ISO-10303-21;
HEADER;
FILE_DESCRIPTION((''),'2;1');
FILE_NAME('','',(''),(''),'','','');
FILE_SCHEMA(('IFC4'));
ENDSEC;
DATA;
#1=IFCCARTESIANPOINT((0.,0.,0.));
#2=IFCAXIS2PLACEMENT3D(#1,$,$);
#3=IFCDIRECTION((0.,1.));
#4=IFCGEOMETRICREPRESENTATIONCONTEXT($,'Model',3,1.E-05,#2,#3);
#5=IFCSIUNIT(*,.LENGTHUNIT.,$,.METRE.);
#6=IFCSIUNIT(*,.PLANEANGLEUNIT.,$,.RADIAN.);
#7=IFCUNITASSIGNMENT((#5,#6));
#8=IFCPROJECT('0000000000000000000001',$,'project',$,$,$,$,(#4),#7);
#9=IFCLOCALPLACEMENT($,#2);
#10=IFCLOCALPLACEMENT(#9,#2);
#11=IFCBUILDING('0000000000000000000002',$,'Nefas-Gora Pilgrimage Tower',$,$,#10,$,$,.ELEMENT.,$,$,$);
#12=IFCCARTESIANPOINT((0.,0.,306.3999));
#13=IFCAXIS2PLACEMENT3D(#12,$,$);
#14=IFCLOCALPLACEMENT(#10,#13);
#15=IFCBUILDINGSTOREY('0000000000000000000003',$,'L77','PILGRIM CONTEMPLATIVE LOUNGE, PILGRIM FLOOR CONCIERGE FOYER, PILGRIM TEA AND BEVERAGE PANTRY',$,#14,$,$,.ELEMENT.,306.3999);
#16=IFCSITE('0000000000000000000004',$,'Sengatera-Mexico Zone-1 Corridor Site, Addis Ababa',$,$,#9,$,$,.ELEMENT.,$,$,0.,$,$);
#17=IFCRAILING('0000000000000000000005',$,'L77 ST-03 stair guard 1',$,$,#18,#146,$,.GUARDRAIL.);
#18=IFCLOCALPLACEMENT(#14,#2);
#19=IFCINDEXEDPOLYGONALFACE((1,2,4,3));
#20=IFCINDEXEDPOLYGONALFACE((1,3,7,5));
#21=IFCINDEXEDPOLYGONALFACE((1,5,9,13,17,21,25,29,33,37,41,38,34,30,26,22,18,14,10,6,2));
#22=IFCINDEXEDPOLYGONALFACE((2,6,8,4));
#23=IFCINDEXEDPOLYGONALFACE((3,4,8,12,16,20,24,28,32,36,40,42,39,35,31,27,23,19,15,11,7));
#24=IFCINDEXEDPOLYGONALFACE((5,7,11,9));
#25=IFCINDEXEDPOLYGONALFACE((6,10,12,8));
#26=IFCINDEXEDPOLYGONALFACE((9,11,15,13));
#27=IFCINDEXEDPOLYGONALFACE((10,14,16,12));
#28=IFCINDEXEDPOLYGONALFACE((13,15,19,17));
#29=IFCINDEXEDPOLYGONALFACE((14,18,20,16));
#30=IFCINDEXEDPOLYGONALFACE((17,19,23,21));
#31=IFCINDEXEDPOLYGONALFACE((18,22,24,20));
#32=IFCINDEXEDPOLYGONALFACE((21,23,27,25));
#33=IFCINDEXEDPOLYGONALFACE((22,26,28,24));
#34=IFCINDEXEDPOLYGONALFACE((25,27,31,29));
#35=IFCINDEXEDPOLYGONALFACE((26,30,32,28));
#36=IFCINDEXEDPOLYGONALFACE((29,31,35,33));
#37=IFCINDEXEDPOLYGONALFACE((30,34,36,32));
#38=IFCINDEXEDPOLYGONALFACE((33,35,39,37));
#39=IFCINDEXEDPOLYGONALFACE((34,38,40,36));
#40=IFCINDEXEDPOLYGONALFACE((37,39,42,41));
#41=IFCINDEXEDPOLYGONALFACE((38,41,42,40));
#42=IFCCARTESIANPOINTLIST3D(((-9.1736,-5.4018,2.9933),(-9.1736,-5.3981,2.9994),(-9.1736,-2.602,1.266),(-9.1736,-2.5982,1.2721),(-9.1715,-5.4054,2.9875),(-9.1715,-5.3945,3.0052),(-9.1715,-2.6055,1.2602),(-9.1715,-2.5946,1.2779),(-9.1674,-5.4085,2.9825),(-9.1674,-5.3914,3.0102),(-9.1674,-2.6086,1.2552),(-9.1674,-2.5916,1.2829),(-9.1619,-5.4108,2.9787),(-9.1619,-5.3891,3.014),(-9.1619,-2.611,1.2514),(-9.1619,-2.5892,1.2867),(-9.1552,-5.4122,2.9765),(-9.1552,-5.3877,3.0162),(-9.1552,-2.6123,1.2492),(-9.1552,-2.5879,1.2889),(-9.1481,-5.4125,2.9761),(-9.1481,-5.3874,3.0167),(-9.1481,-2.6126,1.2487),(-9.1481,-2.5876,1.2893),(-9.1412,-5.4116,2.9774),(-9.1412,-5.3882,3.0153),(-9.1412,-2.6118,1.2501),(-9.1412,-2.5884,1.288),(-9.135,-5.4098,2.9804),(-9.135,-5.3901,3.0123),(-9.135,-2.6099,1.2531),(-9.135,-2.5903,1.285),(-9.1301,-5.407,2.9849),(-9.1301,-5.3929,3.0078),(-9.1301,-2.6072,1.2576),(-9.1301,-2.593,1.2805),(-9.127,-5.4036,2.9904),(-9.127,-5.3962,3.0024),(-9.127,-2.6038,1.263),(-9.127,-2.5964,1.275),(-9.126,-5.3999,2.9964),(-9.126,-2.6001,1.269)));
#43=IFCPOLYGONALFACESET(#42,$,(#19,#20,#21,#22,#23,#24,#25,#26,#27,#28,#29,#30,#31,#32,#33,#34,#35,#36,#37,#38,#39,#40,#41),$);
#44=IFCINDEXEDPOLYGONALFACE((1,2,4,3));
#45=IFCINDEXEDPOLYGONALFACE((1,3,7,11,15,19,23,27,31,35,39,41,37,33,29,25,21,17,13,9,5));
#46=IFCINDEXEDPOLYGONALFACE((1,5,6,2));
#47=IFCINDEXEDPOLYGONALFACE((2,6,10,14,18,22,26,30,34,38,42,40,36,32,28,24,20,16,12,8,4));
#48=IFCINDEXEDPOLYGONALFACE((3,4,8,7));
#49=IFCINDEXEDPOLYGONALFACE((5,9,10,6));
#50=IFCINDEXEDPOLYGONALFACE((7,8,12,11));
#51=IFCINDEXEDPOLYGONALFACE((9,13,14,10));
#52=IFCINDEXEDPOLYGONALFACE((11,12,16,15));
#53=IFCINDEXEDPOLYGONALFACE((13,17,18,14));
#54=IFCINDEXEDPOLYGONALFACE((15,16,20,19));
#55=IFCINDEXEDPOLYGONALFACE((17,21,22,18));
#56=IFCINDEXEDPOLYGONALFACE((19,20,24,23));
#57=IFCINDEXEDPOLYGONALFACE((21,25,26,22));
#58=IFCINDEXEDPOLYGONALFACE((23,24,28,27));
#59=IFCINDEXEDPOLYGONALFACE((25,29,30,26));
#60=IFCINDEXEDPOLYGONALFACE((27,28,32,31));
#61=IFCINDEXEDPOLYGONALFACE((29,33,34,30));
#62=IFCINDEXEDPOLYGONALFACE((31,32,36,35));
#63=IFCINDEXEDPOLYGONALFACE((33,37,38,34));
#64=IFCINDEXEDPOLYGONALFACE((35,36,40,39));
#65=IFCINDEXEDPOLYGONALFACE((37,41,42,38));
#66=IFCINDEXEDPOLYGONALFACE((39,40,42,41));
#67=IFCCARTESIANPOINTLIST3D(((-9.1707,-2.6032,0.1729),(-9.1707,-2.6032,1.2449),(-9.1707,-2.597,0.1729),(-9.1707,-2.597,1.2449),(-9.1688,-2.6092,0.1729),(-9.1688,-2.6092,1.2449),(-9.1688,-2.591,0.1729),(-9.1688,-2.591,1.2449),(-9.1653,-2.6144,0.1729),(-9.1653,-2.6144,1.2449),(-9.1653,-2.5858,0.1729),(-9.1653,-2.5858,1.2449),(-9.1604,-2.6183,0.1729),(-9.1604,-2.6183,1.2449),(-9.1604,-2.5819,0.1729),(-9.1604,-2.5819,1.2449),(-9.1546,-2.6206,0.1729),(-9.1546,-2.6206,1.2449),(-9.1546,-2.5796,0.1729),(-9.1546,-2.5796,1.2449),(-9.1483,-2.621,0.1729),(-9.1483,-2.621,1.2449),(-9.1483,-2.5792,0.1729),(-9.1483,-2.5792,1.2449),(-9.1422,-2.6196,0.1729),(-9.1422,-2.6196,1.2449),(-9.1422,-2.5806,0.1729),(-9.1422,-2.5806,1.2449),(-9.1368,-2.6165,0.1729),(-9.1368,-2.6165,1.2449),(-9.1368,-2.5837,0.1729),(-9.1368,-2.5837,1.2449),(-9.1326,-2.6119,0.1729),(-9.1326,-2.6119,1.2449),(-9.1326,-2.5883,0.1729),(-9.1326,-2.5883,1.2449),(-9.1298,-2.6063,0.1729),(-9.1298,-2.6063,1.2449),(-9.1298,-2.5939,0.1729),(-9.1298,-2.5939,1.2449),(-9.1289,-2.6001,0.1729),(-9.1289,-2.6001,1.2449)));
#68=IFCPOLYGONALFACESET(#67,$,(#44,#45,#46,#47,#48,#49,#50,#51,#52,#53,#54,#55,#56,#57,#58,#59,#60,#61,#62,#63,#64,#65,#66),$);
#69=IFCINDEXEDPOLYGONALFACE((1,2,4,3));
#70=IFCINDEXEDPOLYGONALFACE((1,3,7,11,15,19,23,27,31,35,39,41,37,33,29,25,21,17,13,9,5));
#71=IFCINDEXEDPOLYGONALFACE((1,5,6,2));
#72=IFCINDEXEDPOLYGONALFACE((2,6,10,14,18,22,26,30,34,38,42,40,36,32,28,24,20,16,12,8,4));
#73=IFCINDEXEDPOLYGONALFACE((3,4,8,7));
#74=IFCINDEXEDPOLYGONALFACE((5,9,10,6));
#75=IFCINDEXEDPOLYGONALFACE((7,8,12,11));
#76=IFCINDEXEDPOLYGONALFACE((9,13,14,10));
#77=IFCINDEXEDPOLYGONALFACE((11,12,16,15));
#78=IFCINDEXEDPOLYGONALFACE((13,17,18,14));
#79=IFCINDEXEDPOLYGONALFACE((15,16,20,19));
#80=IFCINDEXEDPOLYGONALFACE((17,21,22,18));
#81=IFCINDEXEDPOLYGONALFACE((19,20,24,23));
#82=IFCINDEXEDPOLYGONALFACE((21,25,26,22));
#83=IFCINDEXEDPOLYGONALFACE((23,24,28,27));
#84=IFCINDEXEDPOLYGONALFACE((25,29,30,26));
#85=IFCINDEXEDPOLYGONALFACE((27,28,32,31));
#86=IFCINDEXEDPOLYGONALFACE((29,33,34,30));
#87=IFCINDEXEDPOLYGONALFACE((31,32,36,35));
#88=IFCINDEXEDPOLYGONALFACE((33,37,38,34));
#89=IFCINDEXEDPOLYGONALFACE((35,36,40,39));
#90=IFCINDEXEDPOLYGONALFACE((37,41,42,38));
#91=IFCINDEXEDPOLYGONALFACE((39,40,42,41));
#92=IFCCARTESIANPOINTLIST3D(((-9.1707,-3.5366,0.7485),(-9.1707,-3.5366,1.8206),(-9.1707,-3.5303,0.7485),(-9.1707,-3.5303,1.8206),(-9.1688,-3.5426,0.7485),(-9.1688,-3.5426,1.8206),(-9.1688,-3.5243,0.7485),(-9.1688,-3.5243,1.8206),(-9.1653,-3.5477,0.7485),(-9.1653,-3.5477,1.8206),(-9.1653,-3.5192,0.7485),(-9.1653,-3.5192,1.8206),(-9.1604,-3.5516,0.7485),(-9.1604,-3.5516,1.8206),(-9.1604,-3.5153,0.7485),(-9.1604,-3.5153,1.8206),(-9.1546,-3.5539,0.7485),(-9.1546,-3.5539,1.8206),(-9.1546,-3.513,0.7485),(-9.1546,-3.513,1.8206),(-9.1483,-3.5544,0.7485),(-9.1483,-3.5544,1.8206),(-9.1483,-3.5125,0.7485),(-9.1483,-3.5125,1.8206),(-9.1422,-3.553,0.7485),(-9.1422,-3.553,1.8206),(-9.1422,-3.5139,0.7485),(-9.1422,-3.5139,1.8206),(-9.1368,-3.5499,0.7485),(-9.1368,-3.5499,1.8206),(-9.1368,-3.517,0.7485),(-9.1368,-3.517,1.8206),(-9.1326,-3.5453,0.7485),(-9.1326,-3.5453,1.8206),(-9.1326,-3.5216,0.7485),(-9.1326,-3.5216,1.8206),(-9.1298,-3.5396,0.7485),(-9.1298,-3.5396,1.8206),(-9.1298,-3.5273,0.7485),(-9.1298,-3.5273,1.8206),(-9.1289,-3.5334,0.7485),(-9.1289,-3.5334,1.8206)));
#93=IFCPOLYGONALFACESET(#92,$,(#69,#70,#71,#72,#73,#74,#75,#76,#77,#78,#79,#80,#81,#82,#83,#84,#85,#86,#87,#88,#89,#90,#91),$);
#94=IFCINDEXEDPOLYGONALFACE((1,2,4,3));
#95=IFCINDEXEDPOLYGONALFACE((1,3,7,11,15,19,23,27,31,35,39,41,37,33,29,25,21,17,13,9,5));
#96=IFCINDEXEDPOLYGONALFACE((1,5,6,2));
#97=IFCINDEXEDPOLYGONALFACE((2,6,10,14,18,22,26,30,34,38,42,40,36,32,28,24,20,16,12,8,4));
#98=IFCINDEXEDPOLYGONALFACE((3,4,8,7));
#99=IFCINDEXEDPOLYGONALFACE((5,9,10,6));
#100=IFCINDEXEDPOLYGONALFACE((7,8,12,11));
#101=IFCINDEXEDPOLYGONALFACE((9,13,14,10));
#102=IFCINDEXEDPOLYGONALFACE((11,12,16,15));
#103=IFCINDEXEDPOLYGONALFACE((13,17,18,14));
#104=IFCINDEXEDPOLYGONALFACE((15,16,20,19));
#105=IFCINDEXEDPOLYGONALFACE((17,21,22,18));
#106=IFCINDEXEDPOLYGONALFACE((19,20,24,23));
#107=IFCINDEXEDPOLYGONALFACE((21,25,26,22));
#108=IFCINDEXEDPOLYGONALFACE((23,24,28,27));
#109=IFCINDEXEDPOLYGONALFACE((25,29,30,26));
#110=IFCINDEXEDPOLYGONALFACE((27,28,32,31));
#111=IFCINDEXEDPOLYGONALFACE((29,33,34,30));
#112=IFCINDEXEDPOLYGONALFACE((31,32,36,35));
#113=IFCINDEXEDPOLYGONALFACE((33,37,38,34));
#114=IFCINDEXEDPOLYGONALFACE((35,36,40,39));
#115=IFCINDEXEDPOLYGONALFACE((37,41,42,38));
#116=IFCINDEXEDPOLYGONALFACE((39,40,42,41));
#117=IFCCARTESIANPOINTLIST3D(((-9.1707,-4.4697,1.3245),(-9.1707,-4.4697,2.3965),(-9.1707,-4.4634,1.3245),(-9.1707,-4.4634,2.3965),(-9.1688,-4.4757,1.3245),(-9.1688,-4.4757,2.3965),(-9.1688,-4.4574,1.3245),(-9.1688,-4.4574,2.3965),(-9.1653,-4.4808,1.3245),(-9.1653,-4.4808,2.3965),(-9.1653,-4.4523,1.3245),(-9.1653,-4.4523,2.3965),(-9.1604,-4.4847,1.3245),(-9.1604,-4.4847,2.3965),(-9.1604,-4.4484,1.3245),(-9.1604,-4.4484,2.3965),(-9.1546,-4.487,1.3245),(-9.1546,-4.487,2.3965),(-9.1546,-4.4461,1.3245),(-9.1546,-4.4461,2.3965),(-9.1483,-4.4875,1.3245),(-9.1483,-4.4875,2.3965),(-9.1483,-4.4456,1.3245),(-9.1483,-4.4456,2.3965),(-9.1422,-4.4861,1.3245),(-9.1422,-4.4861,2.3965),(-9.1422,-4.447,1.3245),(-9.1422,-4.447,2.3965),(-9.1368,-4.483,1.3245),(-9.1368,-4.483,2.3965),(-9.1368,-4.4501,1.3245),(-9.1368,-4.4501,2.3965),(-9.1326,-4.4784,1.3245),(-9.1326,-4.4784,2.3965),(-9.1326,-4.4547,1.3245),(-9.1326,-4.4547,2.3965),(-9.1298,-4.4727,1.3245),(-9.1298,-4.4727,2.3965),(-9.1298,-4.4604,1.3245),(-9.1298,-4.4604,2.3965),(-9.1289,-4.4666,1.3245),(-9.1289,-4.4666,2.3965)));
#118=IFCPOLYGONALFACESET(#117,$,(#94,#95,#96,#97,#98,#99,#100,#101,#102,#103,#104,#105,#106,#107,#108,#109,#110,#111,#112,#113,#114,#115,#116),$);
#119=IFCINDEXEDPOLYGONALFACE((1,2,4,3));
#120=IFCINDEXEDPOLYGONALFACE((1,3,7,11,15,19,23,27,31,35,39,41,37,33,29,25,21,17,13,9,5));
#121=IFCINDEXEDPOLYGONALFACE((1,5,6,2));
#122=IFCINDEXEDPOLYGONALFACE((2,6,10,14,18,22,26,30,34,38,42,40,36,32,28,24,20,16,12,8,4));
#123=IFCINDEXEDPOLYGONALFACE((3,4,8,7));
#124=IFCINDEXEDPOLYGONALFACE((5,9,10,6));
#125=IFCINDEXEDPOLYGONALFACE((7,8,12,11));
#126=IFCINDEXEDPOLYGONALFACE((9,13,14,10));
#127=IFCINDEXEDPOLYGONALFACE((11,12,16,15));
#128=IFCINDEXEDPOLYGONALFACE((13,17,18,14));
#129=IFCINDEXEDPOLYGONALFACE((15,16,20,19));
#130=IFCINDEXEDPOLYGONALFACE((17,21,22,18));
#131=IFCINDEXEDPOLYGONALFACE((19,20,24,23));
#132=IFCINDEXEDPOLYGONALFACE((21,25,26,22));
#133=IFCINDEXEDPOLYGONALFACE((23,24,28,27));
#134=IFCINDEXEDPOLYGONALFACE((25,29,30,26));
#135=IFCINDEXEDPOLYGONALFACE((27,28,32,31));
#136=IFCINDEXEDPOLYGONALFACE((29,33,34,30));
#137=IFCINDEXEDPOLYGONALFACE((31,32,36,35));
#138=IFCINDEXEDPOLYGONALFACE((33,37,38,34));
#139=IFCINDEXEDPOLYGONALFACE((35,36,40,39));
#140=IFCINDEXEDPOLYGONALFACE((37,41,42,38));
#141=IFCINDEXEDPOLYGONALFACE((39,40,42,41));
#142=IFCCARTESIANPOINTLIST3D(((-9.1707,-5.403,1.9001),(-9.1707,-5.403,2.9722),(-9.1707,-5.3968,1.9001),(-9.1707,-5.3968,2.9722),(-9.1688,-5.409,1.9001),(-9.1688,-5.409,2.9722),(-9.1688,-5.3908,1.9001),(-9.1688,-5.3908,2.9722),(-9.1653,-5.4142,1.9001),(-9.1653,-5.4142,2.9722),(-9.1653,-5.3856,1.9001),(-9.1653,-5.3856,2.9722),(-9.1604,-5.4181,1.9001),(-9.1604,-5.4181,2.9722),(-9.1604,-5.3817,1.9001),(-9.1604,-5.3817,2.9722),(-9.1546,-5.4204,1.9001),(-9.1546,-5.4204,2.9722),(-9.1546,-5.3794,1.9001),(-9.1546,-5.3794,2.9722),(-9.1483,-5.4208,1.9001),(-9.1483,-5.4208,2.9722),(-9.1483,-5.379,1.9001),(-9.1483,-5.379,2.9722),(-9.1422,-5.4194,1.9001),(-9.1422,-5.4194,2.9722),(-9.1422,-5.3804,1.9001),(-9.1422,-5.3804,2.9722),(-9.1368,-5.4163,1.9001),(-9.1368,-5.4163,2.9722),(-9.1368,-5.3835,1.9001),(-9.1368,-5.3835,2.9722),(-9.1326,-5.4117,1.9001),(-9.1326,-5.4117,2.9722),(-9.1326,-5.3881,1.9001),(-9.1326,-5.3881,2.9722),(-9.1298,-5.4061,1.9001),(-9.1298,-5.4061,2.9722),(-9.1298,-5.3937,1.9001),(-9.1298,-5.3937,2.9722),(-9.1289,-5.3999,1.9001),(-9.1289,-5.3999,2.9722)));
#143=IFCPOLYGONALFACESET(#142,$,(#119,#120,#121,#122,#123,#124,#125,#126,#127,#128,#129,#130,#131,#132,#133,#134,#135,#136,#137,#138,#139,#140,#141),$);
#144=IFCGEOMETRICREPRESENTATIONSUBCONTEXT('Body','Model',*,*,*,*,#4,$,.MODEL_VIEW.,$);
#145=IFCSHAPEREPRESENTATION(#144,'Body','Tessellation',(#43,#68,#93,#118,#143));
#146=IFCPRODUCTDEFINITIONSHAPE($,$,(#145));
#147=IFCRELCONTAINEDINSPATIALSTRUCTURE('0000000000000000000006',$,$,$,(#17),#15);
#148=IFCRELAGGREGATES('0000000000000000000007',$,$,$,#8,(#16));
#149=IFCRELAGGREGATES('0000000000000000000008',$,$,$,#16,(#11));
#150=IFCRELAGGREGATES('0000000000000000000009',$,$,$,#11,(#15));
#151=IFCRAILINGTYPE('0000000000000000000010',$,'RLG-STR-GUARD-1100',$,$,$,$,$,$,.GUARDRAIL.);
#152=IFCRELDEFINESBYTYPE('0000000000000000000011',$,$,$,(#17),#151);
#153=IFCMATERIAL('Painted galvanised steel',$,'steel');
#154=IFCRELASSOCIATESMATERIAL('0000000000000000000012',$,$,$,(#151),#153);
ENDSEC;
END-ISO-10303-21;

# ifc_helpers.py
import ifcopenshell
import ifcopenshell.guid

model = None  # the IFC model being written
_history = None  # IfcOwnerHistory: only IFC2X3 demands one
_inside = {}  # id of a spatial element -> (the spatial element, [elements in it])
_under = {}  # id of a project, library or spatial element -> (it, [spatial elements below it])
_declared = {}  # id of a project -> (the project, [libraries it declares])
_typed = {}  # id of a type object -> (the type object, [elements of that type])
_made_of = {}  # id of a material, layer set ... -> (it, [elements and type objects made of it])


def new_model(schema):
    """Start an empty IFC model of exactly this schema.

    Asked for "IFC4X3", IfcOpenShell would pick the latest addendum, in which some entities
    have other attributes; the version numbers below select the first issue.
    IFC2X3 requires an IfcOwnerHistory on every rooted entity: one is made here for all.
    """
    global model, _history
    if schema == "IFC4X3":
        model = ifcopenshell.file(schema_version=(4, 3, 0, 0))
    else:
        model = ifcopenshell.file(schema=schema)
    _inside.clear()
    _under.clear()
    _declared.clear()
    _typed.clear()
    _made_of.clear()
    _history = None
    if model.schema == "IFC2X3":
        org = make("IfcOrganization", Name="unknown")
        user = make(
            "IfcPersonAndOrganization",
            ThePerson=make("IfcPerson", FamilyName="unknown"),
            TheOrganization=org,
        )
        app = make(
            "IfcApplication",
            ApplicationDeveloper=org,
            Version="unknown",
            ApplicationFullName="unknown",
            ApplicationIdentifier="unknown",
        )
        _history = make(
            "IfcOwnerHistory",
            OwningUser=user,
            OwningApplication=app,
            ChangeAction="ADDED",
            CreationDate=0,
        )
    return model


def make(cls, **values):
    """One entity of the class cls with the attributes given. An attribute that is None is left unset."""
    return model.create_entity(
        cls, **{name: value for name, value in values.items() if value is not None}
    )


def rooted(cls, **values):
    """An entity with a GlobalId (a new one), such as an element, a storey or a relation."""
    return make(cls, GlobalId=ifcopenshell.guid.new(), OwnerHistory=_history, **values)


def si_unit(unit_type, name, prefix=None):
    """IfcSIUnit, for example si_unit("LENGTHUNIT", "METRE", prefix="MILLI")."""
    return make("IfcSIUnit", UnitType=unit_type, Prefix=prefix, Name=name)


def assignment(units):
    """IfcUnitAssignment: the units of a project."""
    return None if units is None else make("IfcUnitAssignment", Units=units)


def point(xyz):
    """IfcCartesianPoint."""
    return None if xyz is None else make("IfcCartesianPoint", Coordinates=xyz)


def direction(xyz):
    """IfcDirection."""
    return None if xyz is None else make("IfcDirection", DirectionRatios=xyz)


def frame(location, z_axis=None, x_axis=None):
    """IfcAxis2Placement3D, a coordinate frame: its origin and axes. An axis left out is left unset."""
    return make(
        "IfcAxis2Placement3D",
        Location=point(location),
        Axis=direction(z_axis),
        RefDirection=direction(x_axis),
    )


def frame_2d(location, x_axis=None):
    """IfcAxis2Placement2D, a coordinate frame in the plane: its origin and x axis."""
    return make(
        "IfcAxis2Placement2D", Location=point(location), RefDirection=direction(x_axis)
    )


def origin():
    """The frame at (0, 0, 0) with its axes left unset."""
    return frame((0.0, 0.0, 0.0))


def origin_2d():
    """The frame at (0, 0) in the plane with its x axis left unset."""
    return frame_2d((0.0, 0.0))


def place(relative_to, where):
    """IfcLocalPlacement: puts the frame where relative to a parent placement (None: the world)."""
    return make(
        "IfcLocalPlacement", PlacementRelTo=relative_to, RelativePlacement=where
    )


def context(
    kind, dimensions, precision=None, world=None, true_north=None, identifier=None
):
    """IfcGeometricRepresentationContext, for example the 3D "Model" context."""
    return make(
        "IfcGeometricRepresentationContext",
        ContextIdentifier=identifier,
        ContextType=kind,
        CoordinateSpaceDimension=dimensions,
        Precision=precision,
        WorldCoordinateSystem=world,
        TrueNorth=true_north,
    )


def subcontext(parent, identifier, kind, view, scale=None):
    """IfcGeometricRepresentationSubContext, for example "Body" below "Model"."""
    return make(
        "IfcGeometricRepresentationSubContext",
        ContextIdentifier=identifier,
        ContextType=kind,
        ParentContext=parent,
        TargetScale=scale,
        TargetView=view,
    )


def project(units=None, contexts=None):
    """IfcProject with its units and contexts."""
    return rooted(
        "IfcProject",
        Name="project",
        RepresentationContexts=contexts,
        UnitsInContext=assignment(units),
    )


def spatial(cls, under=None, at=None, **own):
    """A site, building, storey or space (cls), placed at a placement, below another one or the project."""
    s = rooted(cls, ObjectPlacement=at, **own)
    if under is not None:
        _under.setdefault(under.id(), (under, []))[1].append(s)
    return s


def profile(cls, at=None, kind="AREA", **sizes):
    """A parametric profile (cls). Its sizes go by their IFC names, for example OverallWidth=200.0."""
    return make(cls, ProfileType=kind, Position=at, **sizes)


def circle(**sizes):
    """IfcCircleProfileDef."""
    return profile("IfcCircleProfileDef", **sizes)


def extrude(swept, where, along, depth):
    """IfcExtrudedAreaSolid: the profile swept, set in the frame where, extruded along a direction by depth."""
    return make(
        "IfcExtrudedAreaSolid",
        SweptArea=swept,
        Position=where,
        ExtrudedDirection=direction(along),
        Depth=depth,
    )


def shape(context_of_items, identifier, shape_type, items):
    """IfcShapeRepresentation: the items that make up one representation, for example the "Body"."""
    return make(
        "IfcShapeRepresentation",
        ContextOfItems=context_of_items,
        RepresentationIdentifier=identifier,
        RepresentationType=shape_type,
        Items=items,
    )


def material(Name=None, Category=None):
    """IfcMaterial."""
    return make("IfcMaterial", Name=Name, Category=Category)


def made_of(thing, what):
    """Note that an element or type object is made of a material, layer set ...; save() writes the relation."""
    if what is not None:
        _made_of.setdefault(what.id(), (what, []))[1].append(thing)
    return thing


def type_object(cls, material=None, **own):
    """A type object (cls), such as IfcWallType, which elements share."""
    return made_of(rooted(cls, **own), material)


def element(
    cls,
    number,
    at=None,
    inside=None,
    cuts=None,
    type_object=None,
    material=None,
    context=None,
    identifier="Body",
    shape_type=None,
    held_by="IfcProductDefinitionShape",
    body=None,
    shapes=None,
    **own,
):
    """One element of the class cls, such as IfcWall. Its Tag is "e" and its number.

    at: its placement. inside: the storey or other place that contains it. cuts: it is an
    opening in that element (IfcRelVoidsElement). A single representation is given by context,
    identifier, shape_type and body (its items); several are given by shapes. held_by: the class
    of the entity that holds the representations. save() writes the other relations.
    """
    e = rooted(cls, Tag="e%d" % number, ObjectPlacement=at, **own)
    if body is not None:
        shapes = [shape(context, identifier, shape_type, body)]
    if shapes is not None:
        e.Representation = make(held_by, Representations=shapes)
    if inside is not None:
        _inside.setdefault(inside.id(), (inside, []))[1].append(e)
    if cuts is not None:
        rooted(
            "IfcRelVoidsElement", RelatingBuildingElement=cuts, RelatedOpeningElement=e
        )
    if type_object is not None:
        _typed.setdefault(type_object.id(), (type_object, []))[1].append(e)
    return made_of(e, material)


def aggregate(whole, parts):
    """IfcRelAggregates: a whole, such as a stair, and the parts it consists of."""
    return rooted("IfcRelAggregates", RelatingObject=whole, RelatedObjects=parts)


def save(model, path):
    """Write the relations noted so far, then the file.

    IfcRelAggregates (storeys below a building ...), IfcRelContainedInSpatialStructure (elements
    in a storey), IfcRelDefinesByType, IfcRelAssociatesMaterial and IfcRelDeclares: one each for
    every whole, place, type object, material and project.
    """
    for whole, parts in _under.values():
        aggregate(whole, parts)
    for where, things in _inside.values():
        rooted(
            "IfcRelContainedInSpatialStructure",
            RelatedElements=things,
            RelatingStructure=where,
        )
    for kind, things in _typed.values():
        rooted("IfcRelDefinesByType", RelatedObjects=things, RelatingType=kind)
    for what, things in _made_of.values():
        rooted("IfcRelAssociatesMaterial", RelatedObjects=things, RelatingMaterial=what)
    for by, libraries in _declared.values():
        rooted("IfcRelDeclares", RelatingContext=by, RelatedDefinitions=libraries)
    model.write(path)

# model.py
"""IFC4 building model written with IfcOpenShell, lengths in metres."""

from ifc_helpers import new_model, si_unit, direction, frame, origin, origin_2d, place, context, subcontext, project, spatial, circle, extrude, material, type_object, element, save


model = new_model("IFC4")

# Units and contexts
model_context = context("Model", 3, precision=1e-05, world=origin(), true_north=direction((0.0, 1.0)))
body_context = subcontext(model_context, "Body", "Model", "MODEL_VIEW")
ifc_project = project(units=[si_unit("LENGTHUNIT", "METRE"), si_unit("PLANEANGLEUNIT", "RADIAN")], contexts=[model_context])

# Site, building, storey
site_placement = place(None, origin())
site = spatial("IfcSite", under=ifc_project, at=site_placement, Name="Sengatera-Mexico Zone-1 Corridor Site, Addis Ababa", CompositionType="ELEMENT", RefElevation=0.0)
building_placement = place(site_placement, origin())
building = spatial("IfcBuilding", under=site, at=building_placement, Name="Nefas-Gora Pilgrimage Tower", CompositionType="ELEMENT")
storey_placement = place(building_placement, frame((0.0, 0.0, 306.3999)))
storey = spatial("IfcBuildingStorey", under=building, at=storey_placement, Name="L77", Description="PILGRIM CONTEMPLATIVE LOUNGE, PILGRIM FLOOR CONCIERGE FOYER, PILGRIM TEA AND BEVERAGE PANTRY", CompositionType="ELEMENT", Elevation=306.3999)

# Railing
ifc_material_1 = material(Name="Painted galvanised steel", Category="steel")
railing_type_1 = type_object("IfcRailingType", Name="RLG-STR-GUARD-1100", PredefinedType="GUARDRAIL", material=ifc_material_1)
railing_1_placement = place(storey_placement, frame((-9.1499, -2.6001, 0.1729)))
element("IfcRailing", 1, at=railing_1_placement, inside=storey, type_object=railing_type_1, Name="L77 ST-03 stair guard 1", PredefinedType="GUARDRAIL", context=body_context, shape_type="SweptSolid", body=[
    extrude(circle(Radius=0.0239, at=origin_2d()), frame((0.0, 0.0, 1.0962), z_axis=(0.0, -0.851069, 0.525054), x_axis=(1.0, 0.0, 0.0)), (0.0, 0.0, 1.0), 3.2898),
    extrude(circle(Radius=0.021, at=origin_2d()), origin(), (0.0, 0.0, 1.0), 1.072),
    extrude(circle(Radius=0.021, at=origin_2d()), frame((0.0, -0.9333, 0.5757)), (0.0, 0.0, 1.0), 1.072),
    extrude(circle(Radius=0.021, at=origin_2d()), frame((0.0, -1.8665, 1.1516)), (0.0, 0.0, 1.0), 1.072),
    extrude(circle(Radius=0.021, at=origin_2d()), frame((0.0, -2.7998, 1.7273)), (0.0, 0.0, 1.0), 1.072),
])

save(model, "model.ifc")
